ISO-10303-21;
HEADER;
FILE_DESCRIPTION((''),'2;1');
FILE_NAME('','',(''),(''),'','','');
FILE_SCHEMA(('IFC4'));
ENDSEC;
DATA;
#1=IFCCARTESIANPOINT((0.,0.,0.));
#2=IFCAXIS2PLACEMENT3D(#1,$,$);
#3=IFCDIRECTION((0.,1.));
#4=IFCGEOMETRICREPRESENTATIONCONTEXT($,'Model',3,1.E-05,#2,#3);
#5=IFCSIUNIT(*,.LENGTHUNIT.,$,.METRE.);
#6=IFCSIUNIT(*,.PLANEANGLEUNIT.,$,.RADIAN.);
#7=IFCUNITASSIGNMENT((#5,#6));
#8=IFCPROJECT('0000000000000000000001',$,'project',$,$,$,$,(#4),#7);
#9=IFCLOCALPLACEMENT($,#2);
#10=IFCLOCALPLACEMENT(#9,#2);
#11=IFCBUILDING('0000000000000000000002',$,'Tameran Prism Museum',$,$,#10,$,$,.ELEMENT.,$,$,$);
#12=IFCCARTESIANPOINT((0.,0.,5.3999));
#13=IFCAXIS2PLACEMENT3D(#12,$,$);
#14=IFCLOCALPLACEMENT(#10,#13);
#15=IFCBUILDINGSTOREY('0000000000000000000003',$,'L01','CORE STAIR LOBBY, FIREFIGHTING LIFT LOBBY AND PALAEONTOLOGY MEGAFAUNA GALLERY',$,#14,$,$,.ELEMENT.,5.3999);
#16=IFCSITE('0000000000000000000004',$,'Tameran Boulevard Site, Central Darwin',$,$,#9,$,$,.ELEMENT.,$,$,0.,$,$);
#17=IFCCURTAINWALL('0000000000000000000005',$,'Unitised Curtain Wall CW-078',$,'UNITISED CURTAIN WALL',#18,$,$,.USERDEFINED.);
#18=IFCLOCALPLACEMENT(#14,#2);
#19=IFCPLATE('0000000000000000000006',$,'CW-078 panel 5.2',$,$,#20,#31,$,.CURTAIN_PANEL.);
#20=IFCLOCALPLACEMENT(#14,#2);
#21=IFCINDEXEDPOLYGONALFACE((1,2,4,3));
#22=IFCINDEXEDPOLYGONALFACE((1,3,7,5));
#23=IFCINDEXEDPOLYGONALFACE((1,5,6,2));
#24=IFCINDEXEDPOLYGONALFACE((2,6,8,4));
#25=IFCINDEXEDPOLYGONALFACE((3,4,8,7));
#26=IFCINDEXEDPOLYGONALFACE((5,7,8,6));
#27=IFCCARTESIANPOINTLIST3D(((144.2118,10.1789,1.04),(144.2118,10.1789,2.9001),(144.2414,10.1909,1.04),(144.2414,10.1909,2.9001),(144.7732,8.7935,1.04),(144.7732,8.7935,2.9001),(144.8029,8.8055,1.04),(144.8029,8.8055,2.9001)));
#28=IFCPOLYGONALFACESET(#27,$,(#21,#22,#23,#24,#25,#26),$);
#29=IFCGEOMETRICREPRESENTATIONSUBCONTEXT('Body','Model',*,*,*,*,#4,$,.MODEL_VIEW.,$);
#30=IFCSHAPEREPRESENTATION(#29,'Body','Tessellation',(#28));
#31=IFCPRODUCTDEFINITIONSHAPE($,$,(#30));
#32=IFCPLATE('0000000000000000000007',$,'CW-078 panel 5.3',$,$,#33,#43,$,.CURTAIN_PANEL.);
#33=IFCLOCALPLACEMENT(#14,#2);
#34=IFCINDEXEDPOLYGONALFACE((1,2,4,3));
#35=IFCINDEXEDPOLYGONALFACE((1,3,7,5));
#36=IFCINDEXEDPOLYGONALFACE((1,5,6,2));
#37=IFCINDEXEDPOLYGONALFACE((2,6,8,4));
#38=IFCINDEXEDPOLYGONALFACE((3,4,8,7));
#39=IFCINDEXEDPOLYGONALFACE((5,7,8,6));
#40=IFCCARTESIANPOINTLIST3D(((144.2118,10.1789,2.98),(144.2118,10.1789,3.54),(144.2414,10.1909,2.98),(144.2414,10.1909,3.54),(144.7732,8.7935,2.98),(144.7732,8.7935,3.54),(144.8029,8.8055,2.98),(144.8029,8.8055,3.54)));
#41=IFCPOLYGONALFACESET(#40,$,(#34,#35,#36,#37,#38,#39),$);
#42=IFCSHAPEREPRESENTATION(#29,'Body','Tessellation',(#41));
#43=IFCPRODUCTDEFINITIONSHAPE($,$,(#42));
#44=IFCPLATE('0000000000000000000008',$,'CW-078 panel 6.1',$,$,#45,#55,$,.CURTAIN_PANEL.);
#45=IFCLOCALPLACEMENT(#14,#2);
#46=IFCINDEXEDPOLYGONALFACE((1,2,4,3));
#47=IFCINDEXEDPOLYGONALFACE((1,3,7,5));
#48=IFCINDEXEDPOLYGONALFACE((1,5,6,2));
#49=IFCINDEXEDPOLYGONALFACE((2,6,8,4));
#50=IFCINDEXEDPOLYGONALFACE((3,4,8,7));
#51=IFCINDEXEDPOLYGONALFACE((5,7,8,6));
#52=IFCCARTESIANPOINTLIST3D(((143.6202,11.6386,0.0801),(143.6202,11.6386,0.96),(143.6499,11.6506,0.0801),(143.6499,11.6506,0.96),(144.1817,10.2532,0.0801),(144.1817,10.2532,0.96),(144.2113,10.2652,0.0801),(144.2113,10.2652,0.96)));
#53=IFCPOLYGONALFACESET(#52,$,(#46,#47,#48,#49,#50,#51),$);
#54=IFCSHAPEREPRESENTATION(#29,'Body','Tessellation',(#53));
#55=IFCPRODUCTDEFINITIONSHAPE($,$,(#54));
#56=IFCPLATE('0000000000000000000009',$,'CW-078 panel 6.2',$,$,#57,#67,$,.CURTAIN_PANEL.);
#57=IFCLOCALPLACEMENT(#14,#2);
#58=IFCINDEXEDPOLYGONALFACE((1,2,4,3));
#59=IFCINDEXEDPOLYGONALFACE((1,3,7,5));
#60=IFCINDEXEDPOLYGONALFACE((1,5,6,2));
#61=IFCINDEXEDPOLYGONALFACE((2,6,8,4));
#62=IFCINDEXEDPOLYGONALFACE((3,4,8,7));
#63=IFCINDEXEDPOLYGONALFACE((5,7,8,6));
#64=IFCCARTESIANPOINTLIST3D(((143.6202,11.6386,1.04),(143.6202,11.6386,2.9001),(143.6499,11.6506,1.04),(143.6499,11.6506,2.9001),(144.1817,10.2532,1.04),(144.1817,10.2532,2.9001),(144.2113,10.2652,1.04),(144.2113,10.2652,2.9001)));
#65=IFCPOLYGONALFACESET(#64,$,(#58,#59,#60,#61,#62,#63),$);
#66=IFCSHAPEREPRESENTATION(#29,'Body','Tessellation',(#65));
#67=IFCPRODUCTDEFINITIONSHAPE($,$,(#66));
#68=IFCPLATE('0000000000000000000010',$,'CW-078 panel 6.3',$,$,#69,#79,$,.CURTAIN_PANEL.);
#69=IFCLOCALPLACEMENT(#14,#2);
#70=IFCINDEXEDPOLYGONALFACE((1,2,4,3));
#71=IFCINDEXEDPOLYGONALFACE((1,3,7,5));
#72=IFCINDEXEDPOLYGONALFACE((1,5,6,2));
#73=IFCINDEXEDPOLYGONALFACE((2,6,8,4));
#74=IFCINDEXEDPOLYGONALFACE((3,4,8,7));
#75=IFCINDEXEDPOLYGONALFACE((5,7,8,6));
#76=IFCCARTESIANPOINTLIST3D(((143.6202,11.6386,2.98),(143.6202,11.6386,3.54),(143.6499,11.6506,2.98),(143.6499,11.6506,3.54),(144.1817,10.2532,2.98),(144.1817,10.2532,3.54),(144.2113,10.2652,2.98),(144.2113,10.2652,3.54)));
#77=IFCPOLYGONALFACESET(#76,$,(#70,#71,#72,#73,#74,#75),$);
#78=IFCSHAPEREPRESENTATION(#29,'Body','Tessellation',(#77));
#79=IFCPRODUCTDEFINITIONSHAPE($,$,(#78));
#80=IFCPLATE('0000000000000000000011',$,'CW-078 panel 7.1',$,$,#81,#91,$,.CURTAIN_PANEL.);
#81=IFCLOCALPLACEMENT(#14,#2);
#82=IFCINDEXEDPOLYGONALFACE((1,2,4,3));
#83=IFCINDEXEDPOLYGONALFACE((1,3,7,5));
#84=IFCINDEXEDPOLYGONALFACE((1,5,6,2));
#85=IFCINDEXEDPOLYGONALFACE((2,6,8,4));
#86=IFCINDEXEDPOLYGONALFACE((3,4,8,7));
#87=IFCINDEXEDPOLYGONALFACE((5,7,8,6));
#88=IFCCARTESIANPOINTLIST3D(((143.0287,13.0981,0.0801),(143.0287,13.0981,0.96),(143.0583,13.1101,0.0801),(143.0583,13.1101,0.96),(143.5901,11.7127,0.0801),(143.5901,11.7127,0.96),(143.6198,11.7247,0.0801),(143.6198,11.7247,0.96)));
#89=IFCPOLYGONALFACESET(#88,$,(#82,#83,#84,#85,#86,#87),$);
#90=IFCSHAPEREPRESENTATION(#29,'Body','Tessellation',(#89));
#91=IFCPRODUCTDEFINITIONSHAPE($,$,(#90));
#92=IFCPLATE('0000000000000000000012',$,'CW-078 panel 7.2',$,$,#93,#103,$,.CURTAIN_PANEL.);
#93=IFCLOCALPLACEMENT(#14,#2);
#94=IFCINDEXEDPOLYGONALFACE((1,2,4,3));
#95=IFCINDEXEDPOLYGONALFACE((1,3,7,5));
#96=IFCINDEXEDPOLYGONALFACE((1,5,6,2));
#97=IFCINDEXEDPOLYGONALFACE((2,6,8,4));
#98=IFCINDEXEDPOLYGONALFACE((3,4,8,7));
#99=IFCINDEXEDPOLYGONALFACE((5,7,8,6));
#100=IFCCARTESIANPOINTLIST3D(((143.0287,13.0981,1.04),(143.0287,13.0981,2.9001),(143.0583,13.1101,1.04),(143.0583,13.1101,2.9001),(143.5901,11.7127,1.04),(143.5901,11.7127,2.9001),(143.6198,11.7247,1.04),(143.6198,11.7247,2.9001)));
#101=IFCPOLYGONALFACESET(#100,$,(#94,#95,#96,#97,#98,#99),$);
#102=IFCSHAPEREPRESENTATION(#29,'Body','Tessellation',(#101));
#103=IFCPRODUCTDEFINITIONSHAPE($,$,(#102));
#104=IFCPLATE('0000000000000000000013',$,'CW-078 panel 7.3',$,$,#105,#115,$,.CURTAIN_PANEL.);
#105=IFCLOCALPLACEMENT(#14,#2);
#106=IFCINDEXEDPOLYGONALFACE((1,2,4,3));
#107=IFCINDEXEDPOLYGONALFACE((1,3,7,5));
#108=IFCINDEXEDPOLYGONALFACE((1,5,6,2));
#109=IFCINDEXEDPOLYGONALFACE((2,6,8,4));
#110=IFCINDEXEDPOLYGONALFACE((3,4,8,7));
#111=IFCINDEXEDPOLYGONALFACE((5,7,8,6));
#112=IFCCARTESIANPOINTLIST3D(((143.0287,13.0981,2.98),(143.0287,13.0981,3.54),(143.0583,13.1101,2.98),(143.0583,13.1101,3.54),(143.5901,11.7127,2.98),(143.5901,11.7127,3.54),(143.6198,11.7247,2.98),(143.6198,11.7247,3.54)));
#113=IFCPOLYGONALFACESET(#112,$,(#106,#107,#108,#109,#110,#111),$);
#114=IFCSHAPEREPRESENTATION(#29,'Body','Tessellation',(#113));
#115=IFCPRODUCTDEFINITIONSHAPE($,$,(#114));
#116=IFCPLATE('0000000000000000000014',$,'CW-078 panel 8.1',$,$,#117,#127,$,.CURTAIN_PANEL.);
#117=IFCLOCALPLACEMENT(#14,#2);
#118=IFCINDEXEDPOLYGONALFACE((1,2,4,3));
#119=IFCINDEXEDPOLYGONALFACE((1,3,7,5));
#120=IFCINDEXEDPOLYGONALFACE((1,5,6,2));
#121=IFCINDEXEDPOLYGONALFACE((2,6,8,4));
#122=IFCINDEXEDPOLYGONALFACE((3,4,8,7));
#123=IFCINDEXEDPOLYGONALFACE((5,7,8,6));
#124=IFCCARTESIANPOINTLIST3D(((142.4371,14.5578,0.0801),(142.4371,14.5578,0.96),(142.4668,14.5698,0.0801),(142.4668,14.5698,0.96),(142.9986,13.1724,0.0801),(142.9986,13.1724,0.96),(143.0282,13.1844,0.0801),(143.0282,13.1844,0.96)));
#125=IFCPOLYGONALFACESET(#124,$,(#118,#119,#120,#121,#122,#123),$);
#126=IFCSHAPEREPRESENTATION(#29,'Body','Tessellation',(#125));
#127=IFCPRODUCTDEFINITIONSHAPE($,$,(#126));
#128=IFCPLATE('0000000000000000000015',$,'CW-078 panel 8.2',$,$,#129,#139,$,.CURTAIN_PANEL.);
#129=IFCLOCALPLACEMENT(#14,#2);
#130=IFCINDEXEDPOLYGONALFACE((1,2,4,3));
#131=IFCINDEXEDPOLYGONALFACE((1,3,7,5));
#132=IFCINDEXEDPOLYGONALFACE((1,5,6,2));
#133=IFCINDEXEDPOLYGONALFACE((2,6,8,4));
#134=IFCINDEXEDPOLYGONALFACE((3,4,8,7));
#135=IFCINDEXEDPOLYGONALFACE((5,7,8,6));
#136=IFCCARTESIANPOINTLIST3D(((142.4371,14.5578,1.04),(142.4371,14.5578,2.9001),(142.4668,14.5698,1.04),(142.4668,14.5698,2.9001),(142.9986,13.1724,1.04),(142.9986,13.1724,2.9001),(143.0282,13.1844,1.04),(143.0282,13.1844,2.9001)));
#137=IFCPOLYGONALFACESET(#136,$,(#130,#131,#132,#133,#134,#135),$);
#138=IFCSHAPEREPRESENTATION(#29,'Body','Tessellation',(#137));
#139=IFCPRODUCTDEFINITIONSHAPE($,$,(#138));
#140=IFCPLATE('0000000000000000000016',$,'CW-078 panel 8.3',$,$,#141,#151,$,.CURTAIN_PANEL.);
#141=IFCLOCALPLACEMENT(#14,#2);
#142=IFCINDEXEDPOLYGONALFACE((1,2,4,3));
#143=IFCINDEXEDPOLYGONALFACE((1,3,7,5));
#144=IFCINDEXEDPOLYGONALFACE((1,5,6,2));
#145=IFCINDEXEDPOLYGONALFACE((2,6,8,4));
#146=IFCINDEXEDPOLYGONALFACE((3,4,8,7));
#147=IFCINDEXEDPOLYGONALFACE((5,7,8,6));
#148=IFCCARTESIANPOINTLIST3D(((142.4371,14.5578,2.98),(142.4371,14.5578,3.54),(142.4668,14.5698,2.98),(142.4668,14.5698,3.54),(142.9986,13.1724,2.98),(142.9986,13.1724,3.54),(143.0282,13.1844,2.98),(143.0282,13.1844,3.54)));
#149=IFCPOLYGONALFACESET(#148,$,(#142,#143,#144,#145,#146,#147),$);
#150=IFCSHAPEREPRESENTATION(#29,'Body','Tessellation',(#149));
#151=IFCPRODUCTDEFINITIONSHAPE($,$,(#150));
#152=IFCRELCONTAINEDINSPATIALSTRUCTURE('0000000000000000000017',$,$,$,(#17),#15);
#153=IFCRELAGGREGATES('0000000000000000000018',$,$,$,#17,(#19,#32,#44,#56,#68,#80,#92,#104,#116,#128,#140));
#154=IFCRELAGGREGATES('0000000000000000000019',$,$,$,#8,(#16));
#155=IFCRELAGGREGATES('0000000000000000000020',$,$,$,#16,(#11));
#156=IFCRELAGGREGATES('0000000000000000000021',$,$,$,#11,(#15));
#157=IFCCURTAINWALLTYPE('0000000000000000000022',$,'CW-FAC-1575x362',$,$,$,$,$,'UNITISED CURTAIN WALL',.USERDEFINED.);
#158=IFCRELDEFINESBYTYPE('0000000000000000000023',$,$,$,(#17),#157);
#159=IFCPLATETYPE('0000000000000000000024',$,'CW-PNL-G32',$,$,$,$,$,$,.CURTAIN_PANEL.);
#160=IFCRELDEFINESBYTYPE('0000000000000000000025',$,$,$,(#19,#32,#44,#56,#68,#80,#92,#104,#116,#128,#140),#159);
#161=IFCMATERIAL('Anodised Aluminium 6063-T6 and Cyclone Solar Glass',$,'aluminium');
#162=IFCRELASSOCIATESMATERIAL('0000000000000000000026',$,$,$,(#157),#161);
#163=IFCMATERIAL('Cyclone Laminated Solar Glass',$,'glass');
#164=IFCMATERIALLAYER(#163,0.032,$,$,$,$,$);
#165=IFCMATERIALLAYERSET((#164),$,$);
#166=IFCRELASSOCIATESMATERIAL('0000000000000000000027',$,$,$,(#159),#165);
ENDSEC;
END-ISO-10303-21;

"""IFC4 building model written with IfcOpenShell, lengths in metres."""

from ifc_helpers import new_model, si_unit, direction, frame, origin, origin_2d, place, context, subcontext, project, spatial, rectangle, extrude, material, layer, layer_set, type_object, element, aggregate, save


model = new_model("IFC4")

# Units and contexts
model_context = context("Model", 3, precision=1e-05, world=origin(), true_north=direction((0.0, 1.0)))
body_context = subcontext(model_context, "Body", "Model", "MODEL_VIEW")
ifc_project = project(units=[si_unit("LENGTHUNIT", "METRE"), si_unit("PLANEANGLEUNIT", "RADIAN")], contexts=[model_context])

# Site, building, storey
site_placement = place(None, origin())
site = spatial("IfcSite", under=ifc_project, at=site_placement, Name="Tameran Boulevard Site, Central Darwin", CompositionType="ELEMENT", RefElevation=0.0)
building_placement = place(site_placement, origin())
building = spatial("IfcBuilding", under=site, at=building_placement, Name="Tameran Prism Museum", CompositionType="ELEMENT")
storey_placement = place(building_placement, frame((0.0, 0.0, 5.3999)))
storey = spatial("IfcBuildingStorey", under=building, at=storey_placement, Name="L01", Description="CORE STAIR LOBBY, FIREFIGHTING LIFT LOBBY AND PALAEONTOLOGY MEGAFAUNA GALLERY", CompositionType="ELEMENT", Elevation=5.3999)

# Curtain wall, plates
ifc_material_1 = material(Name="Anodised Aluminium 6063-T6 and Cyclone Solar Glass", Category="aluminium")
curtain_wall_type = type_object("IfcCurtainWallType", Name="CW-FAC-1575x362", ElementType="UNITISED CURTAIN WALL", PredefinedType="USERDEFINED", material=ifc_material_1)
curtain_wall_placement = place(storey_placement, origin())
curtain_wall = element("IfcCurtainWall", 1, at=curtain_wall_placement, inside=storey, type_object=curtain_wall_type, Name="Unitised Curtain Wall CW-078", ObjectType="UNITISED CURTAIN WALL", PredefinedType="USERDEFINED")
ifc_material_2 = material(Name="Cyclone Laminated Solar Glass", Category="glass")
ifc_layer = layer(ifc_material_2, 0.032)
ifc_layer_set = layer_set([ifc_layer])
plate_type = type_object("IfcPlateType", Name="CW-PNL-G32", PredefinedType="CURTAIN_PANEL", material=ifc_layer_set)
plate_1_placement = place(storey_placement, frame((144.5073, 9.4922, 1.04), z_axis=(0.0, 0.0, 1.0), x_axis=(-0.37558, 0.92679, 0.0)))
plate_1 = element("IfcPlate", 2, at=plate_1_placement, type_object=plate_type, Name="CW-078 panel 5.2", PredefinedType="CURTAIN_PANEL", context=body_context, shape_type="SweptSolid", body=[
    extrude(rectangle(XDim=1.4949, YDim=0.032, at=origin_2d()), origin(), (0.0, 0.0, 1.0), 1.8601),
])
plate_2_placement = place(storey_placement, frame((144.5073, 9.4922, 2.98), z_axis=(0.0, 0.0, 1.0), x_axis=(-0.37558, 0.92679, 0.0)))
plate_2 = element("IfcPlate", 3, at=plate_2_placement, type_object=plate_type, Name="CW-078 panel 5.3", PredefinedType="CURTAIN_PANEL", context=body_context, shape_type="SweptSolid", body=[
    extrude(rectangle(XDim=1.4949, YDim=0.032, at=origin_2d()), origin(), (0.0, 0.0, 1.0), 0.5601),
])
plate_3_placement = place(storey_placement, frame((143.9158, 10.9519, 0.0801), z_axis=(0.0, 0.0, 1.0), x_axis=(-0.37558, 0.92679, 0.0)))
plate_3 = element("IfcPlate", 4, at=plate_3_placement, type_object=plate_type, Name="CW-078 panel 6.1", PredefinedType="CURTAIN_PANEL", context=body_context, shape_type="SweptSolid", body=[
    extrude(rectangle(XDim=1.4949, YDim=0.032, at=origin_2d()), origin(), (0.0, 0.0, 1.0), 0.8799),
])
plate_4_placement = place(storey_placement, frame((143.9158, 10.9519, 1.04), z_axis=(0.0, 0.0, 1.0), x_axis=(-0.37558, 0.92679, 0.0)))
plate_4 = element("IfcPlate", 5, at=plate_4_placement, type_object=plate_type, Name="CW-078 panel 6.2", PredefinedType="CURTAIN_PANEL", context=body_context, shape_type="SweptSolid", body=[
    extrude(rectangle(XDim=1.4949, YDim=0.032, at=origin_2d()), origin(), (0.0, 0.0, 1.0), 1.8601),
])
plate_5_placement = place(storey_placement, frame((143.9158, 10.9519, 2.98), z_axis=(0.0, 0.0, 1.0), x_axis=(-0.37558, 0.92679, 0.0)))
plate_5 = element("IfcPlate", 6, at=plate_5_placement, type_object=plate_type, Name="CW-078 panel 6.3", PredefinedType="CURTAIN_PANEL", context=body_context, shape_type="SweptSolid", body=[
    extrude(rectangle(XDim=1.4949, YDim=0.032, at=origin_2d()), origin(), (0.0, 0.0, 1.0), 0.5601),
])
plate_6_placement = place(storey_placement, frame((143.3242, 12.4114, 0.0801), z_axis=(0.0, 0.0, 1.0), x_axis=(-0.37558, 0.92679, 0.0)))
plate_6 = element("IfcPlate", 7, at=plate_6_placement, type_object=plate_type, Name="CW-078 panel 7.1", PredefinedType="CURTAIN_PANEL", context=body_context, shape_type="SweptSolid", body=[
    extrude(rectangle(XDim=1.4949, YDim=0.032, at=origin_2d()), origin(), (0.0, 0.0, 1.0), 0.8799),
])
plate_7_placement = place(storey_placement, frame((143.3242, 12.4114, 1.04), z_axis=(0.0, 0.0, 1.0), x_axis=(-0.37558, 0.92679, 0.0)))
plate_7 = element("IfcPlate", 8, at=plate_7_placement, type_object=plate_type, Name="CW-078 panel 7.2", PredefinedType="CURTAIN_PANEL", context=body_context, shape_type="SweptSolid", body=[
    extrude(rectangle(XDim=1.4949, YDim=0.032, at=origin_2d()), origin(), (0.0, 0.0, 1.0), 1.8601),
])
plate_8_placement = place(storey_placement, frame((143.3242, 12.4114, 2.98), z_axis=(0.0, 0.0, 1.0), x_axis=(-0.37558, 0.92679, 0.0)))
plate_8 = element("IfcPlate", 9, at=plate_8_placement, type_object=plate_type, Name="CW-078 panel 7.3", PredefinedType="CURTAIN_PANEL", context=body_context, shape_type="SweptSolid", body=[
    extrude(rectangle(XDim=1.4949, YDim=0.032, at=origin_2d()), origin(), (0.0, 0.0, 1.0), 0.5601),
])
plate_9_placement = place(storey_placement, frame((142.7327, 13.8711, 0.0801), z_axis=(0.0, 0.0, 1.0), x_axis=(-0.37558, 0.92679, 0.0)))
plate_9 = element("IfcPlate", 10, at=plate_9_placement, type_object=plate_type, Name="CW-078 panel 8.1", PredefinedType="CURTAIN_PANEL", context=body_context, shape_type="SweptSolid", body=[
    extrude(rectangle(XDim=1.4949, YDim=0.032, at=origin_2d()), origin(), (0.0, 0.0, 1.0), 0.8799),
])
plate_10_placement = place(storey_placement, frame((142.7327, 13.8711, 1.04), z_axis=(0.0, 0.0, 1.0), x_axis=(-0.37558, 0.92679, 0.0)))
plate_10 = element("IfcPlate", 11, at=plate_10_placement, type_object=plate_type, Name="CW-078 panel 8.2", PredefinedType="CURTAIN_PANEL", context=body_context, shape_type="SweptSolid", body=[
    extrude(rectangle(XDim=1.4949, YDim=0.032, at=origin_2d()), origin(), (0.0, 0.0, 1.0), 1.8601),
])
plate_11_placement = place(storey_placement, frame((142.7327, 13.8711, 2.98), z_axis=(0.0, 0.0, 1.0), x_axis=(-0.37558, 0.92679, 0.0)))
plate_11 = element("IfcPlate", 12, at=plate_11_placement, type_object=plate_type, Name="CW-078 panel 8.3", PredefinedType="CURTAIN_PANEL", context=body_context, shape_type="SweptSolid", body=[
    extrude(rectangle(XDim=1.4949, YDim=0.032, at=origin_2d()), origin(), (0.0, 0.0, 1.0), 0.5601),
])
aggregate(curtain_wall, [plate_1, plate_2, plate_3, plate_4, plate_5, plate_6, plate_7, plate_8, plate_9, plate_10, plate_11])

save(model, "model.ifc")
